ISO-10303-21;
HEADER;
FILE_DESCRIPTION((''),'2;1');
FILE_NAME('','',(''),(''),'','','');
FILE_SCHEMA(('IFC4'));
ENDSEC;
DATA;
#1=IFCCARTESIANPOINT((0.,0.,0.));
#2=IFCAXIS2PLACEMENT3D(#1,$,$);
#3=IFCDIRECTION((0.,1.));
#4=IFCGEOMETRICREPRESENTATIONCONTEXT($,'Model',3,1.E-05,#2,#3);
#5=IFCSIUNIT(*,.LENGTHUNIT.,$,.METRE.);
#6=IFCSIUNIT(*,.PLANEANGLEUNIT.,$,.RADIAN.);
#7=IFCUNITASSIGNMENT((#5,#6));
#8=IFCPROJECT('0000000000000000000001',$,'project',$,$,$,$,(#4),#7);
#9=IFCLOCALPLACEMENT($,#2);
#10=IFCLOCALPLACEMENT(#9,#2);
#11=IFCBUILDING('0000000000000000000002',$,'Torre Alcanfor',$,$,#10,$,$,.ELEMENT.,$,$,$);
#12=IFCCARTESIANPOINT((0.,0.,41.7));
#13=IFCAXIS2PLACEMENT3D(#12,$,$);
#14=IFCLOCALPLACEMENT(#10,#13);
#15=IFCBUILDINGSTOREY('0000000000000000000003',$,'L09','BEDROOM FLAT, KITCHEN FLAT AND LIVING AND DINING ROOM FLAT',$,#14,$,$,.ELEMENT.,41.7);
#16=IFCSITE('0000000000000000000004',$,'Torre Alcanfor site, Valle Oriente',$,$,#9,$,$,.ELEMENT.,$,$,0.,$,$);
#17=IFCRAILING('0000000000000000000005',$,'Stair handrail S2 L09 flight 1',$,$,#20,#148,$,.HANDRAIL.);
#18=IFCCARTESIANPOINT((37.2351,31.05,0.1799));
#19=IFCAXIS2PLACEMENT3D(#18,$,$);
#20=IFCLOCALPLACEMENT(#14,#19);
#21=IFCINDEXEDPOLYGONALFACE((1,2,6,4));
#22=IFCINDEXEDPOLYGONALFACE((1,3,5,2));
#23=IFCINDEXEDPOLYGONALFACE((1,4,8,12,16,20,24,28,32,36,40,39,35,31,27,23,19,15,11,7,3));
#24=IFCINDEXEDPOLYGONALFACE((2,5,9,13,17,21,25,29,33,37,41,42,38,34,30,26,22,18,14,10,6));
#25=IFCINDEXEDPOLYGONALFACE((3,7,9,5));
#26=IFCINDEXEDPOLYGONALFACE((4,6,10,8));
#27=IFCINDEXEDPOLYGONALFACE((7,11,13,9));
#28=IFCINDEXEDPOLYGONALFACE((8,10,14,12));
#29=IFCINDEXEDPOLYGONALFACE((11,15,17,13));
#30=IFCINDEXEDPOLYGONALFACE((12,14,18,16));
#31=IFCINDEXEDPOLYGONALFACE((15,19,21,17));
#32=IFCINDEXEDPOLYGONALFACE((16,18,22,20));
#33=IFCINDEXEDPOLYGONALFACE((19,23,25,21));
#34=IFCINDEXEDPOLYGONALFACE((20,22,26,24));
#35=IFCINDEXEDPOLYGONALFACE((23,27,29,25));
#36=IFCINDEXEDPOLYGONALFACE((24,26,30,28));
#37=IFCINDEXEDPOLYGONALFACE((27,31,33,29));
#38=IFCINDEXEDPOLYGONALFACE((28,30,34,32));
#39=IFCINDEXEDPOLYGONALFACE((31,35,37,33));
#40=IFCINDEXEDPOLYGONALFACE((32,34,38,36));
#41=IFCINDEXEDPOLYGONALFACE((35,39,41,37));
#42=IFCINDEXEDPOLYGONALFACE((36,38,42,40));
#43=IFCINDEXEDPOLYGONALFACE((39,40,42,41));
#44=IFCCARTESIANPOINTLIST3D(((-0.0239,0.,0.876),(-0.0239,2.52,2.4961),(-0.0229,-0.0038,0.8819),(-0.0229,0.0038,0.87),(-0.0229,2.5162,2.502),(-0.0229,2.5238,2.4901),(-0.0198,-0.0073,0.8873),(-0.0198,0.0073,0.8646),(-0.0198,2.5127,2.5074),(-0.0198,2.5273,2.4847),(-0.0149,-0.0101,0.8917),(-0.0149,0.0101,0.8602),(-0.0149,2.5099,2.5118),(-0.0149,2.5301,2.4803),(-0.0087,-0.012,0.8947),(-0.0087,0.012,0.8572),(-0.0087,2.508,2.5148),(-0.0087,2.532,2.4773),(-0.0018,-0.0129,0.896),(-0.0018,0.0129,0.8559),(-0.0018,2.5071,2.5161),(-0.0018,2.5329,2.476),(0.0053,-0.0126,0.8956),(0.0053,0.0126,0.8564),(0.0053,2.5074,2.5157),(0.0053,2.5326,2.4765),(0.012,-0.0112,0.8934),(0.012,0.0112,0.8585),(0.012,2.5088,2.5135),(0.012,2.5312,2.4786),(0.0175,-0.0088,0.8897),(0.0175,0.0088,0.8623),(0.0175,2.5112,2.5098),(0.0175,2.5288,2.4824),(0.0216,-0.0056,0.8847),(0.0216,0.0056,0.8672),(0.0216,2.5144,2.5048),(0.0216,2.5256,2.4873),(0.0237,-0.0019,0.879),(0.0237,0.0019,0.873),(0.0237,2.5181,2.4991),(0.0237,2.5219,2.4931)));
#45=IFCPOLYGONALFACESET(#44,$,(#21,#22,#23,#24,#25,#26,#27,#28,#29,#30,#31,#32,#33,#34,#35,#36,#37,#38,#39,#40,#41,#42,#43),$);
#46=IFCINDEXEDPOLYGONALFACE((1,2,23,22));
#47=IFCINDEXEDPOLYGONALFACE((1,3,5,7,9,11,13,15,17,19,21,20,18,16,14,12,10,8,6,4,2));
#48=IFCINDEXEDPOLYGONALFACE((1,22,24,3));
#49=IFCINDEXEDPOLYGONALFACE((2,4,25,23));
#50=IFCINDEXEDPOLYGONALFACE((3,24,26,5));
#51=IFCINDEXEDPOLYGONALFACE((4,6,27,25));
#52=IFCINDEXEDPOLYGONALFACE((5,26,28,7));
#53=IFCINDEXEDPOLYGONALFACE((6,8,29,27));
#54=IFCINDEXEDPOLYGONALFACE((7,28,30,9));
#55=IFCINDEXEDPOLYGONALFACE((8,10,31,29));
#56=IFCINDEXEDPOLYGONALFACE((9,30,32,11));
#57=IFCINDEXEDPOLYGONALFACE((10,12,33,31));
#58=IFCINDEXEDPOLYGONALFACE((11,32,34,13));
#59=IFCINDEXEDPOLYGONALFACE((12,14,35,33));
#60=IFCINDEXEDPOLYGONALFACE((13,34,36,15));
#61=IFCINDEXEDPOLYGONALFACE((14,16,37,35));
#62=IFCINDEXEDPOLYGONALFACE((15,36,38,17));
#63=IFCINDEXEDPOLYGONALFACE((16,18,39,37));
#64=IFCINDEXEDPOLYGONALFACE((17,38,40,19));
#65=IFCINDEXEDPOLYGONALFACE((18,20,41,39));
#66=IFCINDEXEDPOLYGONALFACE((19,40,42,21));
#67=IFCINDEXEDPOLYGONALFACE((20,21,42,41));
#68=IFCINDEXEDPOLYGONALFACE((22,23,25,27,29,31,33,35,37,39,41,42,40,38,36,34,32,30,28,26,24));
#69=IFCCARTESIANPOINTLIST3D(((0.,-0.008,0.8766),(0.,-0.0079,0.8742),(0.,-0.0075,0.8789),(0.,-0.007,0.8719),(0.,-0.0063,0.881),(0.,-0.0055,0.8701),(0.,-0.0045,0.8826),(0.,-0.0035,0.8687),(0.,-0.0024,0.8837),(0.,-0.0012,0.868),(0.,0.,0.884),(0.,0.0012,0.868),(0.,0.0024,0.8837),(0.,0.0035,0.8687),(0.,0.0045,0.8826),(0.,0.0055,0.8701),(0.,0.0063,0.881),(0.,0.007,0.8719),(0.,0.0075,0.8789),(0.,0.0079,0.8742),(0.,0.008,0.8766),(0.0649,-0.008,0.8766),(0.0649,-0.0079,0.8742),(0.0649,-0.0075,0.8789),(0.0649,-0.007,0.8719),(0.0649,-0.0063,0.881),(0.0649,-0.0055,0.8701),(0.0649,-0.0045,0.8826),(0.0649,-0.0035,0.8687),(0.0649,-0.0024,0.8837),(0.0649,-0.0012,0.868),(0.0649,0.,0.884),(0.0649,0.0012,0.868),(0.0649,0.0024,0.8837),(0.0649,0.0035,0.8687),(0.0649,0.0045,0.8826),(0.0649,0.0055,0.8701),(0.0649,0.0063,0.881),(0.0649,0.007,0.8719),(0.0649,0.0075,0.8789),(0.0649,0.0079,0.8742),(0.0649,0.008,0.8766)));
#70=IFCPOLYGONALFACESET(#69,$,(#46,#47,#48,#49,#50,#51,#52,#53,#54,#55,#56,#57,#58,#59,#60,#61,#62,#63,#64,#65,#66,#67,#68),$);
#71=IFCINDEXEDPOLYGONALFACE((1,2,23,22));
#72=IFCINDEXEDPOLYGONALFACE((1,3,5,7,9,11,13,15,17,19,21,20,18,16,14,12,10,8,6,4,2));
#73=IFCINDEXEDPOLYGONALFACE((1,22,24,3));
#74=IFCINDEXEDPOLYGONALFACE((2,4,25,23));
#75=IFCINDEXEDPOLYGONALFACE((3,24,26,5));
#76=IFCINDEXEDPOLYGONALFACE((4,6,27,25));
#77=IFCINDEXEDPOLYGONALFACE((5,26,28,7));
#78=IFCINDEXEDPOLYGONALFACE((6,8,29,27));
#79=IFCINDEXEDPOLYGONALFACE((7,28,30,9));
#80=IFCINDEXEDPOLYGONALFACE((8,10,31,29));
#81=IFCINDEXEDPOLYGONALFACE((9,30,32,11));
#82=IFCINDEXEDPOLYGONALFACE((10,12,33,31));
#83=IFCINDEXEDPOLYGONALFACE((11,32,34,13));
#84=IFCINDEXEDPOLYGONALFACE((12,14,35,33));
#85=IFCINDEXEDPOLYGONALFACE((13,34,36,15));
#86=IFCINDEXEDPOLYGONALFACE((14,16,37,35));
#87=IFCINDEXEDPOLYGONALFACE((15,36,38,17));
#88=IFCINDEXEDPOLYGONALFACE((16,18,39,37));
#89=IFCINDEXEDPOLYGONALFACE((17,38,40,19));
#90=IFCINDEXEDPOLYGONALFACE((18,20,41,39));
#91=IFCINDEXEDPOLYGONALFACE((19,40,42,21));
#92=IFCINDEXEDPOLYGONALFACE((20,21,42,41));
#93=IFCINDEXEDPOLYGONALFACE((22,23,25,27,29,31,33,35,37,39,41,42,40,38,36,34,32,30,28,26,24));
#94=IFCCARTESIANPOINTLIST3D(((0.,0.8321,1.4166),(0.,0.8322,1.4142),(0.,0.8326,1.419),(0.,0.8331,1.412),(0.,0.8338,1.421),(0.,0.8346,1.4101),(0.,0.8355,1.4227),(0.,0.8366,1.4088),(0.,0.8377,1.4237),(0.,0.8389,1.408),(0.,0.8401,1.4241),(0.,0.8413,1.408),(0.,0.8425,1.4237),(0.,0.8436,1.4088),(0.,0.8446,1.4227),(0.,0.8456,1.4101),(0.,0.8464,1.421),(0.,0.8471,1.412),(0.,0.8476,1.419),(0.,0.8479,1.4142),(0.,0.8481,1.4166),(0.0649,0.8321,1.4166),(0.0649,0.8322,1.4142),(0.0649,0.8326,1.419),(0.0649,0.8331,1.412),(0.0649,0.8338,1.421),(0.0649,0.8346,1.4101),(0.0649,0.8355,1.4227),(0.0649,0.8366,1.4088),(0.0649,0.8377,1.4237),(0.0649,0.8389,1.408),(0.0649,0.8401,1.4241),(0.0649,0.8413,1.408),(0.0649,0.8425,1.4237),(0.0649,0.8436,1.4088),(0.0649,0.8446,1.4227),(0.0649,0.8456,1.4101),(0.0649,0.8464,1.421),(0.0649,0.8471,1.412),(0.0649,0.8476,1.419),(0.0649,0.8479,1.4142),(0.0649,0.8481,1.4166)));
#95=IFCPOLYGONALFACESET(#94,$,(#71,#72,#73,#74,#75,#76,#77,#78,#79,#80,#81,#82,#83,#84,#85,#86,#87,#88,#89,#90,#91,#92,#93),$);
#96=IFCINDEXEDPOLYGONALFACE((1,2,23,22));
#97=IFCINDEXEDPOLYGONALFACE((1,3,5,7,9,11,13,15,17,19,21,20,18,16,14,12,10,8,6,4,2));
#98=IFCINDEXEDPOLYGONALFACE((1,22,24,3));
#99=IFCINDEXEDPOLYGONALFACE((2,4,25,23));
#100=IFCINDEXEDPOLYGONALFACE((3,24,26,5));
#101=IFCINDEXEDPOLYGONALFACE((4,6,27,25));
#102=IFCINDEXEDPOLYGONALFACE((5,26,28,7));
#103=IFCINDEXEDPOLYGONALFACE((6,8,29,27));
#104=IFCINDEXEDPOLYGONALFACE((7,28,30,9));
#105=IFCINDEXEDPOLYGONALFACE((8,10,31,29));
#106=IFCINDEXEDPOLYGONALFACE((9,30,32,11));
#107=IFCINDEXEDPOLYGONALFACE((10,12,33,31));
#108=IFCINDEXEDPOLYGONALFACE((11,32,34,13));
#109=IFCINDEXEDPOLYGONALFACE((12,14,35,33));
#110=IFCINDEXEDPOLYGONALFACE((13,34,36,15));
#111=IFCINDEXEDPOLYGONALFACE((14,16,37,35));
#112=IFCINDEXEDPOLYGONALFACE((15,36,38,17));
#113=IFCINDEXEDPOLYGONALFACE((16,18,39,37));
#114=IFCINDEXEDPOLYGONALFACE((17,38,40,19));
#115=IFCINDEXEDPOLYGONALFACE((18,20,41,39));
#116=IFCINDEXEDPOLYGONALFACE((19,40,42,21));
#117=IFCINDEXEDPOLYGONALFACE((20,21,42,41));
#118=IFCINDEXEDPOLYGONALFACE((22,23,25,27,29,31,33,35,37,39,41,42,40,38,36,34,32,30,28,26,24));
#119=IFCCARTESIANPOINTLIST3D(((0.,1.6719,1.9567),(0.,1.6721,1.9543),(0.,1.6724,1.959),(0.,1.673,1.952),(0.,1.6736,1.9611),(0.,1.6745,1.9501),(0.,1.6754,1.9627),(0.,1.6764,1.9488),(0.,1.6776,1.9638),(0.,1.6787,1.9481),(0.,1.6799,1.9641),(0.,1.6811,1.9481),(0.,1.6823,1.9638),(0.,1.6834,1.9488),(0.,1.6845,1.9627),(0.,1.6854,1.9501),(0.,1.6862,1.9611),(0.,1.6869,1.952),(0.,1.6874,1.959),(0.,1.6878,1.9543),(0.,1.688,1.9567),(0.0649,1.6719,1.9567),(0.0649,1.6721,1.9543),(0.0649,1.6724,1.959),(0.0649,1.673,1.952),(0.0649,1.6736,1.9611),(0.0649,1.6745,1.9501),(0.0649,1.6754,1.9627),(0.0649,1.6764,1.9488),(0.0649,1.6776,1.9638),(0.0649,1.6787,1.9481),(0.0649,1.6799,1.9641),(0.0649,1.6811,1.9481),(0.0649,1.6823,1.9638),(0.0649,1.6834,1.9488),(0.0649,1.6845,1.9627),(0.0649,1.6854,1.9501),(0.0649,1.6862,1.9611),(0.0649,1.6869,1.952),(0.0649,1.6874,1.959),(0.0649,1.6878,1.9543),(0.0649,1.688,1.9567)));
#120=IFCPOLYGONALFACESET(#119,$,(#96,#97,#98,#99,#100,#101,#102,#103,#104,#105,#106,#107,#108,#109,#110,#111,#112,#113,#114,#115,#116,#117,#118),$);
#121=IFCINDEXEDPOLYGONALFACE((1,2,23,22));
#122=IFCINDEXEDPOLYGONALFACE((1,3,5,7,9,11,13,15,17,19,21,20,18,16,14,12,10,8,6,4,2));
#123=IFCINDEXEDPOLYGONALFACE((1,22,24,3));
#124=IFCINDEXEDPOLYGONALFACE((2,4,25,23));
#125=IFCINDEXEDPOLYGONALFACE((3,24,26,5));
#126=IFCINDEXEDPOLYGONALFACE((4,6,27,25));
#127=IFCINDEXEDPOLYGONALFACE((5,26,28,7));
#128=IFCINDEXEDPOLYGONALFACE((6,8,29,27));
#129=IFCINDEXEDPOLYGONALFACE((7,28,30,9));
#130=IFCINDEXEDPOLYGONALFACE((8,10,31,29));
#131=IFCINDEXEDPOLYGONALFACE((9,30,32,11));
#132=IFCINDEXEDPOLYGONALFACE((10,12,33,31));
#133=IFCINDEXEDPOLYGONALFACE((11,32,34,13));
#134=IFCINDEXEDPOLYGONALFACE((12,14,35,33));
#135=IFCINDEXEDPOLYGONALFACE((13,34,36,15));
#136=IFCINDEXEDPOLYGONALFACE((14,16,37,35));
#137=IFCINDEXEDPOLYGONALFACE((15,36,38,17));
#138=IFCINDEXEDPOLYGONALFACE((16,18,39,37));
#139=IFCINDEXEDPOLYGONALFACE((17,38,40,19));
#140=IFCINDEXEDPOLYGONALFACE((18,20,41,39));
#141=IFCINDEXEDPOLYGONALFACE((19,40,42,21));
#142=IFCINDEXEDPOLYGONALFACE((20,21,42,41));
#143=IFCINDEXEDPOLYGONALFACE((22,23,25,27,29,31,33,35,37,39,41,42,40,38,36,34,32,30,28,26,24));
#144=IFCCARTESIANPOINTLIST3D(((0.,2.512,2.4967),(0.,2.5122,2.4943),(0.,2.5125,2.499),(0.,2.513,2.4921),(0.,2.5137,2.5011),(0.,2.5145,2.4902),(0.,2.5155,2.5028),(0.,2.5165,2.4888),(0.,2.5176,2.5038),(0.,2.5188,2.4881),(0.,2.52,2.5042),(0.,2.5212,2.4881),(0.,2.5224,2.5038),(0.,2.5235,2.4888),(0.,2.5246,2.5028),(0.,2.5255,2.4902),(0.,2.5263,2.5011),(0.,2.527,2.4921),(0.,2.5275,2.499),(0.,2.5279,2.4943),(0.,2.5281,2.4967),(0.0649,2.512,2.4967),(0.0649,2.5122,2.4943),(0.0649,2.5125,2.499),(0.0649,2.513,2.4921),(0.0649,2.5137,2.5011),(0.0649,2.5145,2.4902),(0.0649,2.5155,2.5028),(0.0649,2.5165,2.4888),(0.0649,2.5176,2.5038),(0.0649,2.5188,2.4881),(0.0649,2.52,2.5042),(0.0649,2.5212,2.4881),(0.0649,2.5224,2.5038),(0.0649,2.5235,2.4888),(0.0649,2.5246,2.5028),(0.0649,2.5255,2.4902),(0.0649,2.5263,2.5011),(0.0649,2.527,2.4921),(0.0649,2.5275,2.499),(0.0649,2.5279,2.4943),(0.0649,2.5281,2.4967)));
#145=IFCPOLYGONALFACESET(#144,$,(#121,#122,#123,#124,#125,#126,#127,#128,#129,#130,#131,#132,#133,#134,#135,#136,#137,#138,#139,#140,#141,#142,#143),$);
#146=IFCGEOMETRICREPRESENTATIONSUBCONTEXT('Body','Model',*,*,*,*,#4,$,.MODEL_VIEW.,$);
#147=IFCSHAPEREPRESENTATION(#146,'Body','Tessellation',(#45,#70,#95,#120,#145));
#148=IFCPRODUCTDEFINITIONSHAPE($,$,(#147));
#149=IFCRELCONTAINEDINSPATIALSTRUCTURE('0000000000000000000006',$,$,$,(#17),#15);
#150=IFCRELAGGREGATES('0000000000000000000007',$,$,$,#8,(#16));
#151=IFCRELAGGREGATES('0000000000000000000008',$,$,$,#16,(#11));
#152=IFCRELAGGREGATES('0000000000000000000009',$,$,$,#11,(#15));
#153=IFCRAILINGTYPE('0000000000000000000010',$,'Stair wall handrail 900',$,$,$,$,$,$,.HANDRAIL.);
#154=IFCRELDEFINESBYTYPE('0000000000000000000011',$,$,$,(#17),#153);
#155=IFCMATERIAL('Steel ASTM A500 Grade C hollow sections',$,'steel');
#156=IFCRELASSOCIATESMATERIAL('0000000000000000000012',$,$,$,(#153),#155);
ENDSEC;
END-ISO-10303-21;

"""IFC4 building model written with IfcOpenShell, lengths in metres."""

from ifc_helpers import new_model, si_unit, direction, frame, origin, origin_2d, place, context, subcontext, project, spatial, circle, extrude, material, type_object, element, save


model = new_model("IFC4")

# Units and contexts
model_context = context("Model", 3, precision=1e-05, world=origin(), true_north=direction((0.0, 1.0)))
body_context = subcontext(model_context, "Body", "Model", "MODEL_VIEW")
ifc_project = project(units=[si_unit("LENGTHUNIT", "METRE"), si_unit("PLANEANGLEUNIT", "RADIAN")], contexts=[model_context])

# Site, building, storey
site_placement = place(None, origin())
site = spatial("IfcSite", under=ifc_project, at=site_placement, Name="Torre Alcanfor site, Valle Oriente", CompositionType="ELEMENT", RefElevation=0.0)
building_placement = place(site_placement, origin())
building = spatial("IfcBuilding", under=site, at=building_placement, Name="Torre Alcanfor", CompositionType="ELEMENT")
storey_placement = place(building_placement, frame((0.0, 0.0, 41.7)))
storey = spatial("IfcBuildingStorey", under=building, at=storey_placement, Name="L09", Description="BEDROOM FLAT, KITCHEN FLAT AND LIVING AND DINING ROOM FLAT", CompositionType="ELEMENT", Elevation=41.7)

# Railing
ifc_material_1 = material(Name="Steel ASTM A500 Grade C hollow sections", Category="steel")
railing_type_1 = type_object("IfcRailingType", Name="Stair wall handrail 900", PredefinedType="HANDRAIL", material=ifc_material_1)
railing_1_placement = place(storey_placement, frame((37.2351, 31.05, 0.1799)))
element("IfcRailing", 1, at=railing_1_placement, inside=storey, type_object=railing_type_1, Name="Stair handrail S2 L09 flight 1", PredefinedType="HANDRAIL", context=body_context, shape_type="SweptSolid", body=[
    extrude(circle(Radius=0.0239, at=origin_2d()), frame((0.0, 0.0, 0.876), z_axis=(0.0, 0.841163, 0.540782), x_axis=(-1.0, 0.0, 0.0)), (0.0, 0.0, 1.0), 2.9958),
    extrude(circle(Radius=0.0081, at=origin_2d()), frame((0.0, 0.0, 0.876), z_axis=(1.0, 0.0, 0.0), x_axis=(0.0, 0.0, 1.0)), (0.0, 0.0, 1.0), 0.0649),
    extrude(circle(Radius=0.0081, at=origin_2d()), frame((0.0, 0.8401, 1.416), z_axis=(1.0, 0.0, 0.0), x_axis=(0.0, 0.0, 1.0)), (0.0, 0.0, 1.0), 0.0649),
    extrude(circle(Radius=0.0081, at=origin_2d()), frame((0.0, 1.6799, 1.9561), z_axis=(1.0, 0.0, 0.0), x_axis=(0.0, 0.0, 1.0)), (0.0, 0.0, 1.0), 0.0649),
    extrude(circle(Radius=0.0081, at=origin_2d()), frame((0.0, 2.52, 2.4961), z_axis=(1.0, 0.0, 0.0), x_axis=(0.0, 0.0, 1.0)), (0.0, 0.0, 1.0), 0.0649),
])

save(model, "model.ifc")
